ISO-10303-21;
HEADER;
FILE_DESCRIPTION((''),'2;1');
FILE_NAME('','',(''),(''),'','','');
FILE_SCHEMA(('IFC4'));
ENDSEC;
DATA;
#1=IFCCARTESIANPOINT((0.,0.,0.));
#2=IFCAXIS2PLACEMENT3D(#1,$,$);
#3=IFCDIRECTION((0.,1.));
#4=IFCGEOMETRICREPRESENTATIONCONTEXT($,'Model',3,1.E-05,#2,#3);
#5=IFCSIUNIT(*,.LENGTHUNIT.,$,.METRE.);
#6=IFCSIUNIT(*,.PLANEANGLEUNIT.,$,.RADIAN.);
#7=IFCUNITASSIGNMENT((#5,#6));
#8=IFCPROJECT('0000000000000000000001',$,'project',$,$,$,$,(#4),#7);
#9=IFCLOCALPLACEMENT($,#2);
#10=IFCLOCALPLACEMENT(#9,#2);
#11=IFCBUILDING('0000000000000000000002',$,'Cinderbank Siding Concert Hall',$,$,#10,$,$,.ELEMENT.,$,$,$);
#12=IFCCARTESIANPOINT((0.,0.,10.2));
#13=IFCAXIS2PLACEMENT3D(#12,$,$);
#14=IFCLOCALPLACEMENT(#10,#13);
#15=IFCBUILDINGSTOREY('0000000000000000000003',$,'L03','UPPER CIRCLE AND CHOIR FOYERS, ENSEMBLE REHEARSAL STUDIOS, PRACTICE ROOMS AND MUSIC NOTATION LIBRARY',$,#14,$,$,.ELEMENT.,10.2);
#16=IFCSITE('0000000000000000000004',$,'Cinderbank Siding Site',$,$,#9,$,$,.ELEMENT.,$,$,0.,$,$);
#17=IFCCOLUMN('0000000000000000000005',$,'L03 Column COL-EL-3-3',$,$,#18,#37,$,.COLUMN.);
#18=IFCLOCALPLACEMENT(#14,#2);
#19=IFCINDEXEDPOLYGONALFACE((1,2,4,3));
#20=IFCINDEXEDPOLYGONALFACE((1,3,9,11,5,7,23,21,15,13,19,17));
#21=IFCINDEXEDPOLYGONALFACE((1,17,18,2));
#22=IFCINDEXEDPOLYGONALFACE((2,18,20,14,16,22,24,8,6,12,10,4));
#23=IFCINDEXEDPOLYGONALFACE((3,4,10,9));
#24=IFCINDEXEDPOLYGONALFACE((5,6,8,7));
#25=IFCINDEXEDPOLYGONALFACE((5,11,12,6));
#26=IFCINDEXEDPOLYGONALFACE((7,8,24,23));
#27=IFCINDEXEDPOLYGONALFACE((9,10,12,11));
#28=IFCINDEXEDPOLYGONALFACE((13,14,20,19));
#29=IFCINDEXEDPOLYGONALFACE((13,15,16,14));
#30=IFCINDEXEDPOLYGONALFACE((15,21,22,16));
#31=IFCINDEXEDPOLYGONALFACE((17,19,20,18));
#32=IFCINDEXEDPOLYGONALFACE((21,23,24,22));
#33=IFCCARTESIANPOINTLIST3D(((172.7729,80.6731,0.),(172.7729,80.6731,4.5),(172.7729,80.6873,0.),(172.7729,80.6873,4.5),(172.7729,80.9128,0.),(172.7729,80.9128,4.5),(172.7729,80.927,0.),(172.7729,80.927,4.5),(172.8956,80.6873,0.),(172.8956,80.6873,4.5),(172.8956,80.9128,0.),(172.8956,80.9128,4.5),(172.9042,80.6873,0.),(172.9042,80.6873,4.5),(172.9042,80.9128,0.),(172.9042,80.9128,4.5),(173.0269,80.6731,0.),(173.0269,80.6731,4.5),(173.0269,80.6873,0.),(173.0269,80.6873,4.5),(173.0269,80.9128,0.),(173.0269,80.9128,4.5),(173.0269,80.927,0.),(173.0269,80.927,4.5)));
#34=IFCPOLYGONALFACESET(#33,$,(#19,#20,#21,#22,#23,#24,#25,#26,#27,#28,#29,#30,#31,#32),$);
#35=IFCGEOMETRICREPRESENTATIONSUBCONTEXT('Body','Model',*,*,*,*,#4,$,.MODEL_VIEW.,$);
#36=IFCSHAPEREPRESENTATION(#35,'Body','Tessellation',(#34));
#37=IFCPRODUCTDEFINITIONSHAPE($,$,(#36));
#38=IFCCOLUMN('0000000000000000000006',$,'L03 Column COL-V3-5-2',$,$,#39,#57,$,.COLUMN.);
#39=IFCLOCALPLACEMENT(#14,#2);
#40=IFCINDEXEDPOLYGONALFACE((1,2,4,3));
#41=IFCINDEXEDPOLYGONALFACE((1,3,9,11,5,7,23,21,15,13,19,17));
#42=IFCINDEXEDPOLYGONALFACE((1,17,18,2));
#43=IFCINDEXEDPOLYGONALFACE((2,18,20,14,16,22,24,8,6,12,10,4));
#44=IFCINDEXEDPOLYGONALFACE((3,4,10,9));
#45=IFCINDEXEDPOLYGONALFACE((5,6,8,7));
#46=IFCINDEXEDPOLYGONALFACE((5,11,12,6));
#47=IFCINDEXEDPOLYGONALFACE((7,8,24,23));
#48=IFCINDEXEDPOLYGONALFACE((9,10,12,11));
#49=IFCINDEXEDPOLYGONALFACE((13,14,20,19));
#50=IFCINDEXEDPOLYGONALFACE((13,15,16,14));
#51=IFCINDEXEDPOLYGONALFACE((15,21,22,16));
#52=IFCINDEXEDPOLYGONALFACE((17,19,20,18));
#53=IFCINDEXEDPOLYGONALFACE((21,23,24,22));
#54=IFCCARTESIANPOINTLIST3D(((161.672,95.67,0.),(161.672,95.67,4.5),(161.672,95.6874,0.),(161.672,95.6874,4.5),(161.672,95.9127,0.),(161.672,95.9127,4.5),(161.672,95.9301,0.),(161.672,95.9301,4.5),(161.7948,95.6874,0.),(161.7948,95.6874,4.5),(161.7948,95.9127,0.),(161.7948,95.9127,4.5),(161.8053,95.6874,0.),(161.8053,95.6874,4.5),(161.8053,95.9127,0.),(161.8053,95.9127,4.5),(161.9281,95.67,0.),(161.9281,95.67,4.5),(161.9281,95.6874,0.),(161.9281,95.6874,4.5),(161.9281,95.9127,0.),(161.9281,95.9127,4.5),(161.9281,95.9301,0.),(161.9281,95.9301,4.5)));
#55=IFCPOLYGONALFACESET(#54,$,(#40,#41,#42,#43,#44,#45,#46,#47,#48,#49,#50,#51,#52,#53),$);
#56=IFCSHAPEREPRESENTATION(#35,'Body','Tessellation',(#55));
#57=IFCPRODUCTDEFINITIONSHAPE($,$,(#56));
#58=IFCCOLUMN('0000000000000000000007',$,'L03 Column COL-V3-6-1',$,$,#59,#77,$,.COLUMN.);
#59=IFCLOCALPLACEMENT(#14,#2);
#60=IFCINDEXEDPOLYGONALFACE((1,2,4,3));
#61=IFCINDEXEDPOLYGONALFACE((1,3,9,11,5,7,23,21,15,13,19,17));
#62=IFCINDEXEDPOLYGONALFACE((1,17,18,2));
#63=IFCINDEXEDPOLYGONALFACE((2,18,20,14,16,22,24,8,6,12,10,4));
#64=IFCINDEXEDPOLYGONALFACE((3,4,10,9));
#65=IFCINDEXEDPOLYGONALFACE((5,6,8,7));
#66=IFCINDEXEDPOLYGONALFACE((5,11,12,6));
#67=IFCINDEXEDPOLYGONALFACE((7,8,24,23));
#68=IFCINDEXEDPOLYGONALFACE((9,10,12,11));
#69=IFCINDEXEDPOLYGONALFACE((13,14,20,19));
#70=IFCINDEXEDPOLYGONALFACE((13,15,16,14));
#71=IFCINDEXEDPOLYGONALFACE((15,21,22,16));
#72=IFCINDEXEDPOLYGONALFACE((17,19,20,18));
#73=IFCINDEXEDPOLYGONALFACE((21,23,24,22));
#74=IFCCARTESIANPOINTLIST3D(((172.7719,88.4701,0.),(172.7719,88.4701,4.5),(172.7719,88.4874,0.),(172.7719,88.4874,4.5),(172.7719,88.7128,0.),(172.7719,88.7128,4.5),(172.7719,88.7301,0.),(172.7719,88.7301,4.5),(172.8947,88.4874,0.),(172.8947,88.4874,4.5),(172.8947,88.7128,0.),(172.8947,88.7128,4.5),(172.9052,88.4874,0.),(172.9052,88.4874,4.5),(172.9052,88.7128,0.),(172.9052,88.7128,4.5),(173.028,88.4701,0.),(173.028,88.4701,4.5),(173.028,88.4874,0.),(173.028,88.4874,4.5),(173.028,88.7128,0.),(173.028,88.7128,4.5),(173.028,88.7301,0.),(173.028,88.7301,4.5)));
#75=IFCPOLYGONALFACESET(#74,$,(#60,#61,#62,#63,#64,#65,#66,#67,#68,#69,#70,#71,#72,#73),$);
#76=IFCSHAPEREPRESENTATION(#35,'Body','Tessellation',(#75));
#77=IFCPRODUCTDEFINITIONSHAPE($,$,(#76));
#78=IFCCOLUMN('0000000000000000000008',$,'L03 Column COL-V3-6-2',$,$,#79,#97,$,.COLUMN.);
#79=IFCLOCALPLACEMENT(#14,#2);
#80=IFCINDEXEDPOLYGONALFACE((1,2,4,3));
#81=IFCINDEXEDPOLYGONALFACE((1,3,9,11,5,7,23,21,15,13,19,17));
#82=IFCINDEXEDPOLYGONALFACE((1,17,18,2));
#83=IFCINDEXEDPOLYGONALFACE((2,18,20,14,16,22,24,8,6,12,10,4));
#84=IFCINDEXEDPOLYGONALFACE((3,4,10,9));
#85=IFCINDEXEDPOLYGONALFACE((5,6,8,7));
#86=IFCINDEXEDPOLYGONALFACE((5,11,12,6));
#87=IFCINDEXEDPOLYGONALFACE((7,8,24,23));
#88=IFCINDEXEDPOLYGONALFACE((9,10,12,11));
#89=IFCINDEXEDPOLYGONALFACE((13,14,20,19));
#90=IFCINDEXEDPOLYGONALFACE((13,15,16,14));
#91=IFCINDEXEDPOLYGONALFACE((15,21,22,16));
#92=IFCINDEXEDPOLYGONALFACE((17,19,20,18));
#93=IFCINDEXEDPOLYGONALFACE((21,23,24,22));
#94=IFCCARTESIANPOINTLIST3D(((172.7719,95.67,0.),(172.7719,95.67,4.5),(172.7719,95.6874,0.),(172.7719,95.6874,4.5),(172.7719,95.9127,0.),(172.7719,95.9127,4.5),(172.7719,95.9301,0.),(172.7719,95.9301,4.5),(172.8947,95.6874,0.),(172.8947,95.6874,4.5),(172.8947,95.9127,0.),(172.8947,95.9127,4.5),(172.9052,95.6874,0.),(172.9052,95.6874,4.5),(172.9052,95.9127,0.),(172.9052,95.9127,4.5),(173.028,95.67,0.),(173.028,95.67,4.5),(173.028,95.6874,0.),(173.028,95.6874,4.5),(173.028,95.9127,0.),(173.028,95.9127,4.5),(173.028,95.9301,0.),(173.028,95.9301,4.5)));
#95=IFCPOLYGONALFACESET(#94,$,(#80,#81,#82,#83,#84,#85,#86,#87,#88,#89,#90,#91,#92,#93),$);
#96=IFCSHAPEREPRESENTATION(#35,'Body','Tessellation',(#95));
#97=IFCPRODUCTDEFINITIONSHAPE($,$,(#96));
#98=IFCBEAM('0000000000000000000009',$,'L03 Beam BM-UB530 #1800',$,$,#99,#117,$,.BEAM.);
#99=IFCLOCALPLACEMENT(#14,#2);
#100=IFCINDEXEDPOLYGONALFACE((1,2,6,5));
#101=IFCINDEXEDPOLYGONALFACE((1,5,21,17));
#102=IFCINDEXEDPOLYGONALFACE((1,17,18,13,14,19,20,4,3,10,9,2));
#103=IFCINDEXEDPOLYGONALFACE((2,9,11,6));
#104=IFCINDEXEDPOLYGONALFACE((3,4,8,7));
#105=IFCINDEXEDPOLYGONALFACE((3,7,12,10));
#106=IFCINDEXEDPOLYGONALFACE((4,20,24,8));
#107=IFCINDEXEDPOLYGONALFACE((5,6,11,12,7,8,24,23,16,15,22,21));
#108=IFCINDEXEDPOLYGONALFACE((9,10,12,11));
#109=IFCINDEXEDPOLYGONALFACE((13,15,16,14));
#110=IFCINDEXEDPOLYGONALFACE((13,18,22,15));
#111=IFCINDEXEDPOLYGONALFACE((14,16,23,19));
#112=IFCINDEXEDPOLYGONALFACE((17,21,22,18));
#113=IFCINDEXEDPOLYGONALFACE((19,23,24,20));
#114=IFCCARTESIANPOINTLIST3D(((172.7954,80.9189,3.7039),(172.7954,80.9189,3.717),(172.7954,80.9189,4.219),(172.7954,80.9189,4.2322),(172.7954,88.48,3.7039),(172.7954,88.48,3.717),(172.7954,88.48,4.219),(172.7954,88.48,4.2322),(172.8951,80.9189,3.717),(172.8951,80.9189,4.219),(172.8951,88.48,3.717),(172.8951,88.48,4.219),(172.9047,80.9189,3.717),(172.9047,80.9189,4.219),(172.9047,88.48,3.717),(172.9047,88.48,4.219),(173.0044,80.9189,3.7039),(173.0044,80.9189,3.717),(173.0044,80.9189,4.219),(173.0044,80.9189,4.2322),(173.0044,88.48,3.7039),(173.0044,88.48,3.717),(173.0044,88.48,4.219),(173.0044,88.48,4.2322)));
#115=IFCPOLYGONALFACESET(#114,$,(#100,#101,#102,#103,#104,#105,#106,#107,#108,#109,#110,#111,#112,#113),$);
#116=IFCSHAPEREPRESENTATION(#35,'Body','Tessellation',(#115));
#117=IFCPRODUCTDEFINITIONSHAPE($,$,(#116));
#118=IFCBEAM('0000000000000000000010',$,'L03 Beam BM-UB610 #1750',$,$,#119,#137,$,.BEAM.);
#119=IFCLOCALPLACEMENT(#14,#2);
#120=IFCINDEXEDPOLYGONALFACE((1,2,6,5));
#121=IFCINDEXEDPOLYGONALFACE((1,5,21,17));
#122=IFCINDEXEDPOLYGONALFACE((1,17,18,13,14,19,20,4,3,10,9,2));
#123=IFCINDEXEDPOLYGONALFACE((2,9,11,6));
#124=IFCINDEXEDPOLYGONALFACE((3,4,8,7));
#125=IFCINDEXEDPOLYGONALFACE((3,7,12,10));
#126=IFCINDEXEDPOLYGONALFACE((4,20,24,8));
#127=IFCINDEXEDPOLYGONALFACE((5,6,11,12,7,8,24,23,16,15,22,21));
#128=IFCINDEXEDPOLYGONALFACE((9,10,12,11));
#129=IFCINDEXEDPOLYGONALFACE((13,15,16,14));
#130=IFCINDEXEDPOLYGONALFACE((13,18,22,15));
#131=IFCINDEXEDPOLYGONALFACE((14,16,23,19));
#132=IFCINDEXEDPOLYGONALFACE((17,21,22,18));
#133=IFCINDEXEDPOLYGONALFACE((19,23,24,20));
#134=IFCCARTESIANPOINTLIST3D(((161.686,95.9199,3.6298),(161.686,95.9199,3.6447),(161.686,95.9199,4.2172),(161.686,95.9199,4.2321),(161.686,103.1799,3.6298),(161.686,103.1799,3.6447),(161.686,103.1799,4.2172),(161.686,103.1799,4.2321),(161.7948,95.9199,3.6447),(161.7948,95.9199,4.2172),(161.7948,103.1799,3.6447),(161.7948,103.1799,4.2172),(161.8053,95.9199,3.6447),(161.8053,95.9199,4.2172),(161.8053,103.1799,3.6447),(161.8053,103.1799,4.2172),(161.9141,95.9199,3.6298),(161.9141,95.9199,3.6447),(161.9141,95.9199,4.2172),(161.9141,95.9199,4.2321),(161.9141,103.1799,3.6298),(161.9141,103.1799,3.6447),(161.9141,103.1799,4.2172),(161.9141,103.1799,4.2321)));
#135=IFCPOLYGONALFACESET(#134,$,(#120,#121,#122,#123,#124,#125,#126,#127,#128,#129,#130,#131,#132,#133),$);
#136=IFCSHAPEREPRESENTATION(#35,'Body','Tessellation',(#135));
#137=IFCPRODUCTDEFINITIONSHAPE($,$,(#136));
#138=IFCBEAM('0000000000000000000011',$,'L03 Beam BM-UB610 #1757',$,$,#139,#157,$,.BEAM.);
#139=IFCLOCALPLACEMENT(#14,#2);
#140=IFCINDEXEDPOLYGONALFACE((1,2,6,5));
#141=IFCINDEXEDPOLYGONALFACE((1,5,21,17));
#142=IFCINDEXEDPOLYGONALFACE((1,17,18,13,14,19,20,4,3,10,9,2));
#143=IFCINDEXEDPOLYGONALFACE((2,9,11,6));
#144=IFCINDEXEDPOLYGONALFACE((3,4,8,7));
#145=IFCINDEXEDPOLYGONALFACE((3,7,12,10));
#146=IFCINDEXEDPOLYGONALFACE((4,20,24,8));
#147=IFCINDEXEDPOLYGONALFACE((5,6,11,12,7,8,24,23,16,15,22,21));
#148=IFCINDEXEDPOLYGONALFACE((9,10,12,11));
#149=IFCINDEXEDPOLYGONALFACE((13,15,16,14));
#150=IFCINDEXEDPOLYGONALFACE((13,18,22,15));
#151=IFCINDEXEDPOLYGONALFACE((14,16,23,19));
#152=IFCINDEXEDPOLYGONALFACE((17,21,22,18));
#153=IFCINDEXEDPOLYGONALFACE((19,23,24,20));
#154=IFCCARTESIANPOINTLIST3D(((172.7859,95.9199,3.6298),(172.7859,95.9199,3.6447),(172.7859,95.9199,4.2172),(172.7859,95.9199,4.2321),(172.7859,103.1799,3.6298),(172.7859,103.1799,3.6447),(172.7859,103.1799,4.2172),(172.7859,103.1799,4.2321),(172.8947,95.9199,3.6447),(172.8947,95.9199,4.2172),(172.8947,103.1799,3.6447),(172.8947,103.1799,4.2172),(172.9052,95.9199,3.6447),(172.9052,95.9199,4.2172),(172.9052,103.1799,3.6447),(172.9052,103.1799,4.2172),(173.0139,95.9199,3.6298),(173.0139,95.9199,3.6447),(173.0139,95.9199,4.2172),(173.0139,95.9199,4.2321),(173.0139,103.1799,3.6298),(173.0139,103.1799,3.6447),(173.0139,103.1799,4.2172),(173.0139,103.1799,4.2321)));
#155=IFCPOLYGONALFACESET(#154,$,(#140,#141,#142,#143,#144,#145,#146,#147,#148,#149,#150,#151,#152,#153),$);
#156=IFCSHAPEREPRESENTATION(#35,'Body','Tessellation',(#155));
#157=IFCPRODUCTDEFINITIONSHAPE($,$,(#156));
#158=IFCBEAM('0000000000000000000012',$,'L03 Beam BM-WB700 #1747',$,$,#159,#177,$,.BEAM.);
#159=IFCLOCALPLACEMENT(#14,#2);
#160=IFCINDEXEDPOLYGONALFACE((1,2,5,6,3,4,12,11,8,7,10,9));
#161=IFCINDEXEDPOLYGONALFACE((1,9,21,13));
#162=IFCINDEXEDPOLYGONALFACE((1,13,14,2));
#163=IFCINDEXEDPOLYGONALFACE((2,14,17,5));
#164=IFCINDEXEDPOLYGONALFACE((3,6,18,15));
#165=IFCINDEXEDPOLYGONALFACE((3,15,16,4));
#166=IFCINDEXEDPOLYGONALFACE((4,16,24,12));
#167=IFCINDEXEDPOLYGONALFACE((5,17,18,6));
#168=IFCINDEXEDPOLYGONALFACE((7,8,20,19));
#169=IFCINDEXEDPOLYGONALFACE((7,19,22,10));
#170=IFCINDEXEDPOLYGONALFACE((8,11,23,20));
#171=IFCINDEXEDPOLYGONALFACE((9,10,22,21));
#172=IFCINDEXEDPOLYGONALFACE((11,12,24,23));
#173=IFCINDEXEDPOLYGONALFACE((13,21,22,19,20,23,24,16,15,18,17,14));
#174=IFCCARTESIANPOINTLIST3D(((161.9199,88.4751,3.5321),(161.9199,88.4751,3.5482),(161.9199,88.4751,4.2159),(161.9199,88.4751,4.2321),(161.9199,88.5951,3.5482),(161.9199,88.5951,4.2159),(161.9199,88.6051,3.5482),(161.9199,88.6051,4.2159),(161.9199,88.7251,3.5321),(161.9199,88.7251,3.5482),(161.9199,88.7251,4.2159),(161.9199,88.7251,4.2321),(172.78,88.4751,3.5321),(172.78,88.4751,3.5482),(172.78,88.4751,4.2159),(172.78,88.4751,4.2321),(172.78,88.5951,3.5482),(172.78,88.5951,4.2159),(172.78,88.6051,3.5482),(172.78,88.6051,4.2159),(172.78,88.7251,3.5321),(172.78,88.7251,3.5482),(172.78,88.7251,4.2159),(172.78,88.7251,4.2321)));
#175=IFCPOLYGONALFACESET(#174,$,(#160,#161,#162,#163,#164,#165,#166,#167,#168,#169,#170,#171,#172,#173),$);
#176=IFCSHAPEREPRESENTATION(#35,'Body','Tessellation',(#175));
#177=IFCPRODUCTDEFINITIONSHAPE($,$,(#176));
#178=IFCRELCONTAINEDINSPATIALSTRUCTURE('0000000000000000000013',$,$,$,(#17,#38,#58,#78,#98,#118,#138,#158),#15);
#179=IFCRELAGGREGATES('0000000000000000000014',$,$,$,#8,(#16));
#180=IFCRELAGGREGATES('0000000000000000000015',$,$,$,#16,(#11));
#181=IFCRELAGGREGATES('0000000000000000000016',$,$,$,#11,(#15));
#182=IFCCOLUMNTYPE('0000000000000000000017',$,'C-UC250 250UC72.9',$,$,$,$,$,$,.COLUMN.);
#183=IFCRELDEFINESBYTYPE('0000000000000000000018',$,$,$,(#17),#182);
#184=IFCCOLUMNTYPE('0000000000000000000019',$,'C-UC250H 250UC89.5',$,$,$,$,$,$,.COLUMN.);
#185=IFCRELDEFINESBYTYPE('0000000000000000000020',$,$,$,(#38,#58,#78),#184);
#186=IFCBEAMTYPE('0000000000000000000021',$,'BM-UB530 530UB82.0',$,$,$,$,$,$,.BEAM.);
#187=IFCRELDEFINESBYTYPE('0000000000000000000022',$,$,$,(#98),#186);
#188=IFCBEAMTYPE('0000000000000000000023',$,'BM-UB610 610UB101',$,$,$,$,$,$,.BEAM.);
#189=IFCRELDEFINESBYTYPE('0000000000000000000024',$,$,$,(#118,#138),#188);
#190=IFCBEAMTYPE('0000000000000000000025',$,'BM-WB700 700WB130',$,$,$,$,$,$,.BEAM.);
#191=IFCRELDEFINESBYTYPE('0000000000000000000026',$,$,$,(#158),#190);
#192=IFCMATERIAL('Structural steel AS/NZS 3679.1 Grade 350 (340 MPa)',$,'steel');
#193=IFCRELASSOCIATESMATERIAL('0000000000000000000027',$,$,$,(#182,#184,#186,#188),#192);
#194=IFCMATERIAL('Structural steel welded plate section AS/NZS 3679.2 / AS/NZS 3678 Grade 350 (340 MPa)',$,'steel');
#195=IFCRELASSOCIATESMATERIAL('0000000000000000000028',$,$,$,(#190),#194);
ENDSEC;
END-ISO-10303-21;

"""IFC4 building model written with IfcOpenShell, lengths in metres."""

from ifc_helpers import new_model, si_unit, direction, frame, origin, origin_2d, place, context, subcontext, project, spatial, i_section, extrude, material, material_profile, profile_set, type_object, element, save


model = new_model("IFC4")

# Units and contexts
model_context = context("Model", 3, precision=1e-05, world=origin(), true_north=direction((0.0, 1.0)))
body_context = subcontext(model_context, "Body", "Model", "MODEL_VIEW")
ifc_project = project(units=[si_unit("LENGTHUNIT", "METRE"), si_unit("PLANEANGLEUNIT", "RADIAN")], contexts=[model_context])

# Site, building, storey
site_placement = place(None, origin())
site = spatial("IfcSite", under=ifc_project, at=site_placement, Name="Cinderbank Siding Site", CompositionType="ELEMENT", RefElevation=0.0)
building_placement = place(site_placement, origin())
building = spatial("IfcBuilding", under=site, at=building_placement, Name="Cinderbank Siding Concert Hall", CompositionType="ELEMENT")
storey_placement = place(building_placement, frame((0.0, 0.0, 10.2)))
storey = spatial("IfcBuildingStorey", under=building, at=storey_placement, Name="L03", Description="UPPER CIRCLE AND CHOIR FOYERS, ENSEMBLE REHEARSAL STUDIOS, PRACTICE ROOMS AND MUSIC NOTATION LIBRARY", CompositionType="ELEMENT", Elevation=10.2)

# Columns
ifc_material_1 = material(Name="Structural steel AS/NZS 3679.1 Grade 350 (340 MPa)", Category="steel")
ifc_material_profile_1 = material_profile(ifc_material_1, i_section(OverallWidth=0.2539, OverallDepth=0.2539, WebThickness=0.0085, FlangeThickness=0.0142, at=origin_2d()), Name="250UC72.9", Category="LoadBearing")
ifc_profile_set_1 = profile_set([ifc_material_profile_1], Name="Structural steel AS/NZS 3679.1 Grade 350 (340 MPa)")
column_type_1 = type_object("IfcColumnType", Name="C-UC250 250UC72.9", PredefinedType="COLUMN", material=ifc_profile_set_1)
column_placement = place(storey_placement, frame((172.8999, 80.8, 0.0), z_axis=(0.0, 0.0, 1.0), x_axis=(1.0, 0.0, 0.0)))
element("IfcColumn", 1, at=column_placement, inside=storey, type_object=column_type_1, Name="L03 Column COL-EL-3-3", PredefinedType="COLUMN", context=body_context, shape_type="SweptSolid", body=[
    extrude(i_section(OverallWidth=0.2539, OverallDepth=0.2539, WebThickness=0.0085, FlangeThickness=0.0142, at=origin_2d()), origin(), (0.0, 0.0, 1.0), 4.5),
])
ifc_material_profile_2 = material_profile(ifc_material_1, i_section(OverallWidth=0.2561, OverallDepth=0.26, WebThickness=0.0105, FlangeThickness=0.0173, at=origin_2d()), Name="250UC89.5", Category="LoadBearing")
ifc_profile_set_2 = profile_set([ifc_material_profile_2], Name="Structural steel AS/NZS 3679.1 Grade 350 (340 MPa)")
column_type_2 = type_object("IfcColumnType", Name="C-UC250H 250UC89.5", PredefinedType="COLUMN", material=ifc_profile_set_2)
for number, where, z_axis, x_axis, name in (
    (2, (161.8, 95.8, 0.0), (0.0, 0.0, 1.0), (1.0, 0.0, 0.0), "L03 Column COL-V3-5-2"),
    (3, (172.8999, 88.6001, 0.0), (0.0, 0.0, 1.0), (1.0, 0.0, 0.0), "L03 Column COL-V3-6-1"),
    (4, (172.8999, 95.8, 0.0), (0.0, 0.0, 1.0), (1.0, 0.0, 0.0), "L03 Column COL-V3-6-2"),
):
    element("IfcColumn", number, at=place(storey_placement, frame(where, z_axis=z_axis, x_axis=x_axis)), inside=storey, type_object=column_type_2, Name=name, PredefinedType="COLUMN", context=body_context, shape_type="SweptSolid", body=[
        extrude(i_section(OverallWidth=0.2561, OverallDepth=0.26, WebThickness=0.0105, FlangeThickness=0.0173, at=origin_2d()), origin(), (0.0, 0.0, 1.0), 4.5),
    ])

# Beams
ifc_material_profile_3 = material_profile(ifc_material_1, i_section(OverallWidth=0.209, OverallDepth=0.5283, WebThickness=0.0095, FlangeThickness=0.0132, at=origin_2d()), Name="530UB82.0", Category="LoadBearing")
ifc_profile_set_3 = profile_set([ifc_material_profile_3], Name="Structural steel AS/NZS 3679.1 Grade 350 (340 MPa)")
beam_type_1 = type_object("IfcBeamType", Name="BM-UB530 530UB82.0", PredefinedType="BEAM", material=ifc_profile_set_3)
beam_1_placement = place(storey_placement, frame((172.8999, 80.9189, 3.968), z_axis=(0.0, 1.0, 0.0), x_axis=(-1.0, 0.0, 0.0)))
element("IfcBeam", 5, at=beam_1_placement, inside=storey, type_object=beam_type_1, Name="L03 Beam BM-UB530 #1800", PredefinedType="BEAM", context=body_context, shape_type="SweptSolid", body=[
    extrude(i_section(OverallWidth=0.209, OverallDepth=0.5283, WebThickness=0.0095, FlangeThickness=0.0132, at=origin_2d()), origin(), (0.0, 0.0, 1.0), 7.561),
])
ifc_material_profile_4 = material_profile(ifc_material_1, i_section(OverallWidth=0.228, OverallDepth=0.6023, WebThickness=0.0105, FlangeThickness=0.0149, at=origin_2d()), Name="610UB101", Category="LoadBearing")
ifc_profile_set_4 = profile_set([ifc_material_profile_4], Name="Structural steel AS/NZS 3679.1 Grade 350 (340 MPa)")
beam_type_2 = type_object("IfcBeamType", Name="BM-UB610 610UB101", PredefinedType="BEAM", material=ifc_profile_set_4)
for number, where, z_axis, x_axis, name in (
    (6, (161.8, 95.9199, 3.9309), (0.0, 1.0, 0.0), (-1.0, 0.0, 0.0), "L03 Beam BM-UB610 #1750"),
    (7, (172.8999, 95.9199, 3.9309), (0.0, 1.0, 0.0), (-1.0, 0.0, 0.0), "L03 Beam BM-UB610 #1757"),
):
    element("IfcBeam", number, at=place(storey_placement, frame(where, z_axis=z_axis, x_axis=x_axis)), inside=storey, type_object=beam_type_2, Name=name, PredefinedType="BEAM", context=body_context, shape_type="SweptSolid", body=[
        extrude(i_section(OverallWidth=0.228, OverallDepth=0.6023, WebThickness=0.0105, FlangeThickness=0.0149, at=origin_2d()), origin(), (0.0, 0.0, 1.0), 7.26),
    ])
ifc_material_2 = material(Name="Structural steel welded plate section AS/NZS 3679.2 / AS/NZS 3678 Grade 350 (340 MPa)", Category="steel")
ifc_material_profile_5 = material_profile(ifc_material_2, i_section(OverallWidth=0.25, OverallDepth=0.7, WebThickness=0.01, FlangeThickness=0.0161, at=origin_2d()), Name="700WB130", Category="LoadBearing")
ifc_profile_set_5 = profile_set([ifc_material_profile_5], Name="Structural steel welded plate section AS/NZS 3679.2 / AS/NZS 3678 Grade 350 (340 MPa)")
beam_type_3 = type_object("IfcBeamType", Name="BM-WB700 700WB130", PredefinedType="BEAM", material=ifc_profile_set_5)
for number, where, z_axis, x_axis, name in (
    (8, (161.9199, 88.6001, 3.8821), (1.0, 0.0, 0.0), (0.0, 1.0, 0.0), "L03 Beam BM-WB700 #1747"),
):
    element("IfcBeam", number, at=place(storey_placement, frame(where, z_axis=z_axis, x_axis=x_axis)), inside=storey, type_object=beam_type_3, Name=name, PredefinedType="BEAM", context=body_context, shape_type="SweptSolid", body=[
        extrude(i_section(OverallWidth=0.25, OverallDepth=0.7, WebThickness=0.01, FlangeThickness=0.0161, at=origin_2d()), origin(), (0.0, 0.0, 1.0), 10.8601),
    ])

save(model, "model.ifc")
